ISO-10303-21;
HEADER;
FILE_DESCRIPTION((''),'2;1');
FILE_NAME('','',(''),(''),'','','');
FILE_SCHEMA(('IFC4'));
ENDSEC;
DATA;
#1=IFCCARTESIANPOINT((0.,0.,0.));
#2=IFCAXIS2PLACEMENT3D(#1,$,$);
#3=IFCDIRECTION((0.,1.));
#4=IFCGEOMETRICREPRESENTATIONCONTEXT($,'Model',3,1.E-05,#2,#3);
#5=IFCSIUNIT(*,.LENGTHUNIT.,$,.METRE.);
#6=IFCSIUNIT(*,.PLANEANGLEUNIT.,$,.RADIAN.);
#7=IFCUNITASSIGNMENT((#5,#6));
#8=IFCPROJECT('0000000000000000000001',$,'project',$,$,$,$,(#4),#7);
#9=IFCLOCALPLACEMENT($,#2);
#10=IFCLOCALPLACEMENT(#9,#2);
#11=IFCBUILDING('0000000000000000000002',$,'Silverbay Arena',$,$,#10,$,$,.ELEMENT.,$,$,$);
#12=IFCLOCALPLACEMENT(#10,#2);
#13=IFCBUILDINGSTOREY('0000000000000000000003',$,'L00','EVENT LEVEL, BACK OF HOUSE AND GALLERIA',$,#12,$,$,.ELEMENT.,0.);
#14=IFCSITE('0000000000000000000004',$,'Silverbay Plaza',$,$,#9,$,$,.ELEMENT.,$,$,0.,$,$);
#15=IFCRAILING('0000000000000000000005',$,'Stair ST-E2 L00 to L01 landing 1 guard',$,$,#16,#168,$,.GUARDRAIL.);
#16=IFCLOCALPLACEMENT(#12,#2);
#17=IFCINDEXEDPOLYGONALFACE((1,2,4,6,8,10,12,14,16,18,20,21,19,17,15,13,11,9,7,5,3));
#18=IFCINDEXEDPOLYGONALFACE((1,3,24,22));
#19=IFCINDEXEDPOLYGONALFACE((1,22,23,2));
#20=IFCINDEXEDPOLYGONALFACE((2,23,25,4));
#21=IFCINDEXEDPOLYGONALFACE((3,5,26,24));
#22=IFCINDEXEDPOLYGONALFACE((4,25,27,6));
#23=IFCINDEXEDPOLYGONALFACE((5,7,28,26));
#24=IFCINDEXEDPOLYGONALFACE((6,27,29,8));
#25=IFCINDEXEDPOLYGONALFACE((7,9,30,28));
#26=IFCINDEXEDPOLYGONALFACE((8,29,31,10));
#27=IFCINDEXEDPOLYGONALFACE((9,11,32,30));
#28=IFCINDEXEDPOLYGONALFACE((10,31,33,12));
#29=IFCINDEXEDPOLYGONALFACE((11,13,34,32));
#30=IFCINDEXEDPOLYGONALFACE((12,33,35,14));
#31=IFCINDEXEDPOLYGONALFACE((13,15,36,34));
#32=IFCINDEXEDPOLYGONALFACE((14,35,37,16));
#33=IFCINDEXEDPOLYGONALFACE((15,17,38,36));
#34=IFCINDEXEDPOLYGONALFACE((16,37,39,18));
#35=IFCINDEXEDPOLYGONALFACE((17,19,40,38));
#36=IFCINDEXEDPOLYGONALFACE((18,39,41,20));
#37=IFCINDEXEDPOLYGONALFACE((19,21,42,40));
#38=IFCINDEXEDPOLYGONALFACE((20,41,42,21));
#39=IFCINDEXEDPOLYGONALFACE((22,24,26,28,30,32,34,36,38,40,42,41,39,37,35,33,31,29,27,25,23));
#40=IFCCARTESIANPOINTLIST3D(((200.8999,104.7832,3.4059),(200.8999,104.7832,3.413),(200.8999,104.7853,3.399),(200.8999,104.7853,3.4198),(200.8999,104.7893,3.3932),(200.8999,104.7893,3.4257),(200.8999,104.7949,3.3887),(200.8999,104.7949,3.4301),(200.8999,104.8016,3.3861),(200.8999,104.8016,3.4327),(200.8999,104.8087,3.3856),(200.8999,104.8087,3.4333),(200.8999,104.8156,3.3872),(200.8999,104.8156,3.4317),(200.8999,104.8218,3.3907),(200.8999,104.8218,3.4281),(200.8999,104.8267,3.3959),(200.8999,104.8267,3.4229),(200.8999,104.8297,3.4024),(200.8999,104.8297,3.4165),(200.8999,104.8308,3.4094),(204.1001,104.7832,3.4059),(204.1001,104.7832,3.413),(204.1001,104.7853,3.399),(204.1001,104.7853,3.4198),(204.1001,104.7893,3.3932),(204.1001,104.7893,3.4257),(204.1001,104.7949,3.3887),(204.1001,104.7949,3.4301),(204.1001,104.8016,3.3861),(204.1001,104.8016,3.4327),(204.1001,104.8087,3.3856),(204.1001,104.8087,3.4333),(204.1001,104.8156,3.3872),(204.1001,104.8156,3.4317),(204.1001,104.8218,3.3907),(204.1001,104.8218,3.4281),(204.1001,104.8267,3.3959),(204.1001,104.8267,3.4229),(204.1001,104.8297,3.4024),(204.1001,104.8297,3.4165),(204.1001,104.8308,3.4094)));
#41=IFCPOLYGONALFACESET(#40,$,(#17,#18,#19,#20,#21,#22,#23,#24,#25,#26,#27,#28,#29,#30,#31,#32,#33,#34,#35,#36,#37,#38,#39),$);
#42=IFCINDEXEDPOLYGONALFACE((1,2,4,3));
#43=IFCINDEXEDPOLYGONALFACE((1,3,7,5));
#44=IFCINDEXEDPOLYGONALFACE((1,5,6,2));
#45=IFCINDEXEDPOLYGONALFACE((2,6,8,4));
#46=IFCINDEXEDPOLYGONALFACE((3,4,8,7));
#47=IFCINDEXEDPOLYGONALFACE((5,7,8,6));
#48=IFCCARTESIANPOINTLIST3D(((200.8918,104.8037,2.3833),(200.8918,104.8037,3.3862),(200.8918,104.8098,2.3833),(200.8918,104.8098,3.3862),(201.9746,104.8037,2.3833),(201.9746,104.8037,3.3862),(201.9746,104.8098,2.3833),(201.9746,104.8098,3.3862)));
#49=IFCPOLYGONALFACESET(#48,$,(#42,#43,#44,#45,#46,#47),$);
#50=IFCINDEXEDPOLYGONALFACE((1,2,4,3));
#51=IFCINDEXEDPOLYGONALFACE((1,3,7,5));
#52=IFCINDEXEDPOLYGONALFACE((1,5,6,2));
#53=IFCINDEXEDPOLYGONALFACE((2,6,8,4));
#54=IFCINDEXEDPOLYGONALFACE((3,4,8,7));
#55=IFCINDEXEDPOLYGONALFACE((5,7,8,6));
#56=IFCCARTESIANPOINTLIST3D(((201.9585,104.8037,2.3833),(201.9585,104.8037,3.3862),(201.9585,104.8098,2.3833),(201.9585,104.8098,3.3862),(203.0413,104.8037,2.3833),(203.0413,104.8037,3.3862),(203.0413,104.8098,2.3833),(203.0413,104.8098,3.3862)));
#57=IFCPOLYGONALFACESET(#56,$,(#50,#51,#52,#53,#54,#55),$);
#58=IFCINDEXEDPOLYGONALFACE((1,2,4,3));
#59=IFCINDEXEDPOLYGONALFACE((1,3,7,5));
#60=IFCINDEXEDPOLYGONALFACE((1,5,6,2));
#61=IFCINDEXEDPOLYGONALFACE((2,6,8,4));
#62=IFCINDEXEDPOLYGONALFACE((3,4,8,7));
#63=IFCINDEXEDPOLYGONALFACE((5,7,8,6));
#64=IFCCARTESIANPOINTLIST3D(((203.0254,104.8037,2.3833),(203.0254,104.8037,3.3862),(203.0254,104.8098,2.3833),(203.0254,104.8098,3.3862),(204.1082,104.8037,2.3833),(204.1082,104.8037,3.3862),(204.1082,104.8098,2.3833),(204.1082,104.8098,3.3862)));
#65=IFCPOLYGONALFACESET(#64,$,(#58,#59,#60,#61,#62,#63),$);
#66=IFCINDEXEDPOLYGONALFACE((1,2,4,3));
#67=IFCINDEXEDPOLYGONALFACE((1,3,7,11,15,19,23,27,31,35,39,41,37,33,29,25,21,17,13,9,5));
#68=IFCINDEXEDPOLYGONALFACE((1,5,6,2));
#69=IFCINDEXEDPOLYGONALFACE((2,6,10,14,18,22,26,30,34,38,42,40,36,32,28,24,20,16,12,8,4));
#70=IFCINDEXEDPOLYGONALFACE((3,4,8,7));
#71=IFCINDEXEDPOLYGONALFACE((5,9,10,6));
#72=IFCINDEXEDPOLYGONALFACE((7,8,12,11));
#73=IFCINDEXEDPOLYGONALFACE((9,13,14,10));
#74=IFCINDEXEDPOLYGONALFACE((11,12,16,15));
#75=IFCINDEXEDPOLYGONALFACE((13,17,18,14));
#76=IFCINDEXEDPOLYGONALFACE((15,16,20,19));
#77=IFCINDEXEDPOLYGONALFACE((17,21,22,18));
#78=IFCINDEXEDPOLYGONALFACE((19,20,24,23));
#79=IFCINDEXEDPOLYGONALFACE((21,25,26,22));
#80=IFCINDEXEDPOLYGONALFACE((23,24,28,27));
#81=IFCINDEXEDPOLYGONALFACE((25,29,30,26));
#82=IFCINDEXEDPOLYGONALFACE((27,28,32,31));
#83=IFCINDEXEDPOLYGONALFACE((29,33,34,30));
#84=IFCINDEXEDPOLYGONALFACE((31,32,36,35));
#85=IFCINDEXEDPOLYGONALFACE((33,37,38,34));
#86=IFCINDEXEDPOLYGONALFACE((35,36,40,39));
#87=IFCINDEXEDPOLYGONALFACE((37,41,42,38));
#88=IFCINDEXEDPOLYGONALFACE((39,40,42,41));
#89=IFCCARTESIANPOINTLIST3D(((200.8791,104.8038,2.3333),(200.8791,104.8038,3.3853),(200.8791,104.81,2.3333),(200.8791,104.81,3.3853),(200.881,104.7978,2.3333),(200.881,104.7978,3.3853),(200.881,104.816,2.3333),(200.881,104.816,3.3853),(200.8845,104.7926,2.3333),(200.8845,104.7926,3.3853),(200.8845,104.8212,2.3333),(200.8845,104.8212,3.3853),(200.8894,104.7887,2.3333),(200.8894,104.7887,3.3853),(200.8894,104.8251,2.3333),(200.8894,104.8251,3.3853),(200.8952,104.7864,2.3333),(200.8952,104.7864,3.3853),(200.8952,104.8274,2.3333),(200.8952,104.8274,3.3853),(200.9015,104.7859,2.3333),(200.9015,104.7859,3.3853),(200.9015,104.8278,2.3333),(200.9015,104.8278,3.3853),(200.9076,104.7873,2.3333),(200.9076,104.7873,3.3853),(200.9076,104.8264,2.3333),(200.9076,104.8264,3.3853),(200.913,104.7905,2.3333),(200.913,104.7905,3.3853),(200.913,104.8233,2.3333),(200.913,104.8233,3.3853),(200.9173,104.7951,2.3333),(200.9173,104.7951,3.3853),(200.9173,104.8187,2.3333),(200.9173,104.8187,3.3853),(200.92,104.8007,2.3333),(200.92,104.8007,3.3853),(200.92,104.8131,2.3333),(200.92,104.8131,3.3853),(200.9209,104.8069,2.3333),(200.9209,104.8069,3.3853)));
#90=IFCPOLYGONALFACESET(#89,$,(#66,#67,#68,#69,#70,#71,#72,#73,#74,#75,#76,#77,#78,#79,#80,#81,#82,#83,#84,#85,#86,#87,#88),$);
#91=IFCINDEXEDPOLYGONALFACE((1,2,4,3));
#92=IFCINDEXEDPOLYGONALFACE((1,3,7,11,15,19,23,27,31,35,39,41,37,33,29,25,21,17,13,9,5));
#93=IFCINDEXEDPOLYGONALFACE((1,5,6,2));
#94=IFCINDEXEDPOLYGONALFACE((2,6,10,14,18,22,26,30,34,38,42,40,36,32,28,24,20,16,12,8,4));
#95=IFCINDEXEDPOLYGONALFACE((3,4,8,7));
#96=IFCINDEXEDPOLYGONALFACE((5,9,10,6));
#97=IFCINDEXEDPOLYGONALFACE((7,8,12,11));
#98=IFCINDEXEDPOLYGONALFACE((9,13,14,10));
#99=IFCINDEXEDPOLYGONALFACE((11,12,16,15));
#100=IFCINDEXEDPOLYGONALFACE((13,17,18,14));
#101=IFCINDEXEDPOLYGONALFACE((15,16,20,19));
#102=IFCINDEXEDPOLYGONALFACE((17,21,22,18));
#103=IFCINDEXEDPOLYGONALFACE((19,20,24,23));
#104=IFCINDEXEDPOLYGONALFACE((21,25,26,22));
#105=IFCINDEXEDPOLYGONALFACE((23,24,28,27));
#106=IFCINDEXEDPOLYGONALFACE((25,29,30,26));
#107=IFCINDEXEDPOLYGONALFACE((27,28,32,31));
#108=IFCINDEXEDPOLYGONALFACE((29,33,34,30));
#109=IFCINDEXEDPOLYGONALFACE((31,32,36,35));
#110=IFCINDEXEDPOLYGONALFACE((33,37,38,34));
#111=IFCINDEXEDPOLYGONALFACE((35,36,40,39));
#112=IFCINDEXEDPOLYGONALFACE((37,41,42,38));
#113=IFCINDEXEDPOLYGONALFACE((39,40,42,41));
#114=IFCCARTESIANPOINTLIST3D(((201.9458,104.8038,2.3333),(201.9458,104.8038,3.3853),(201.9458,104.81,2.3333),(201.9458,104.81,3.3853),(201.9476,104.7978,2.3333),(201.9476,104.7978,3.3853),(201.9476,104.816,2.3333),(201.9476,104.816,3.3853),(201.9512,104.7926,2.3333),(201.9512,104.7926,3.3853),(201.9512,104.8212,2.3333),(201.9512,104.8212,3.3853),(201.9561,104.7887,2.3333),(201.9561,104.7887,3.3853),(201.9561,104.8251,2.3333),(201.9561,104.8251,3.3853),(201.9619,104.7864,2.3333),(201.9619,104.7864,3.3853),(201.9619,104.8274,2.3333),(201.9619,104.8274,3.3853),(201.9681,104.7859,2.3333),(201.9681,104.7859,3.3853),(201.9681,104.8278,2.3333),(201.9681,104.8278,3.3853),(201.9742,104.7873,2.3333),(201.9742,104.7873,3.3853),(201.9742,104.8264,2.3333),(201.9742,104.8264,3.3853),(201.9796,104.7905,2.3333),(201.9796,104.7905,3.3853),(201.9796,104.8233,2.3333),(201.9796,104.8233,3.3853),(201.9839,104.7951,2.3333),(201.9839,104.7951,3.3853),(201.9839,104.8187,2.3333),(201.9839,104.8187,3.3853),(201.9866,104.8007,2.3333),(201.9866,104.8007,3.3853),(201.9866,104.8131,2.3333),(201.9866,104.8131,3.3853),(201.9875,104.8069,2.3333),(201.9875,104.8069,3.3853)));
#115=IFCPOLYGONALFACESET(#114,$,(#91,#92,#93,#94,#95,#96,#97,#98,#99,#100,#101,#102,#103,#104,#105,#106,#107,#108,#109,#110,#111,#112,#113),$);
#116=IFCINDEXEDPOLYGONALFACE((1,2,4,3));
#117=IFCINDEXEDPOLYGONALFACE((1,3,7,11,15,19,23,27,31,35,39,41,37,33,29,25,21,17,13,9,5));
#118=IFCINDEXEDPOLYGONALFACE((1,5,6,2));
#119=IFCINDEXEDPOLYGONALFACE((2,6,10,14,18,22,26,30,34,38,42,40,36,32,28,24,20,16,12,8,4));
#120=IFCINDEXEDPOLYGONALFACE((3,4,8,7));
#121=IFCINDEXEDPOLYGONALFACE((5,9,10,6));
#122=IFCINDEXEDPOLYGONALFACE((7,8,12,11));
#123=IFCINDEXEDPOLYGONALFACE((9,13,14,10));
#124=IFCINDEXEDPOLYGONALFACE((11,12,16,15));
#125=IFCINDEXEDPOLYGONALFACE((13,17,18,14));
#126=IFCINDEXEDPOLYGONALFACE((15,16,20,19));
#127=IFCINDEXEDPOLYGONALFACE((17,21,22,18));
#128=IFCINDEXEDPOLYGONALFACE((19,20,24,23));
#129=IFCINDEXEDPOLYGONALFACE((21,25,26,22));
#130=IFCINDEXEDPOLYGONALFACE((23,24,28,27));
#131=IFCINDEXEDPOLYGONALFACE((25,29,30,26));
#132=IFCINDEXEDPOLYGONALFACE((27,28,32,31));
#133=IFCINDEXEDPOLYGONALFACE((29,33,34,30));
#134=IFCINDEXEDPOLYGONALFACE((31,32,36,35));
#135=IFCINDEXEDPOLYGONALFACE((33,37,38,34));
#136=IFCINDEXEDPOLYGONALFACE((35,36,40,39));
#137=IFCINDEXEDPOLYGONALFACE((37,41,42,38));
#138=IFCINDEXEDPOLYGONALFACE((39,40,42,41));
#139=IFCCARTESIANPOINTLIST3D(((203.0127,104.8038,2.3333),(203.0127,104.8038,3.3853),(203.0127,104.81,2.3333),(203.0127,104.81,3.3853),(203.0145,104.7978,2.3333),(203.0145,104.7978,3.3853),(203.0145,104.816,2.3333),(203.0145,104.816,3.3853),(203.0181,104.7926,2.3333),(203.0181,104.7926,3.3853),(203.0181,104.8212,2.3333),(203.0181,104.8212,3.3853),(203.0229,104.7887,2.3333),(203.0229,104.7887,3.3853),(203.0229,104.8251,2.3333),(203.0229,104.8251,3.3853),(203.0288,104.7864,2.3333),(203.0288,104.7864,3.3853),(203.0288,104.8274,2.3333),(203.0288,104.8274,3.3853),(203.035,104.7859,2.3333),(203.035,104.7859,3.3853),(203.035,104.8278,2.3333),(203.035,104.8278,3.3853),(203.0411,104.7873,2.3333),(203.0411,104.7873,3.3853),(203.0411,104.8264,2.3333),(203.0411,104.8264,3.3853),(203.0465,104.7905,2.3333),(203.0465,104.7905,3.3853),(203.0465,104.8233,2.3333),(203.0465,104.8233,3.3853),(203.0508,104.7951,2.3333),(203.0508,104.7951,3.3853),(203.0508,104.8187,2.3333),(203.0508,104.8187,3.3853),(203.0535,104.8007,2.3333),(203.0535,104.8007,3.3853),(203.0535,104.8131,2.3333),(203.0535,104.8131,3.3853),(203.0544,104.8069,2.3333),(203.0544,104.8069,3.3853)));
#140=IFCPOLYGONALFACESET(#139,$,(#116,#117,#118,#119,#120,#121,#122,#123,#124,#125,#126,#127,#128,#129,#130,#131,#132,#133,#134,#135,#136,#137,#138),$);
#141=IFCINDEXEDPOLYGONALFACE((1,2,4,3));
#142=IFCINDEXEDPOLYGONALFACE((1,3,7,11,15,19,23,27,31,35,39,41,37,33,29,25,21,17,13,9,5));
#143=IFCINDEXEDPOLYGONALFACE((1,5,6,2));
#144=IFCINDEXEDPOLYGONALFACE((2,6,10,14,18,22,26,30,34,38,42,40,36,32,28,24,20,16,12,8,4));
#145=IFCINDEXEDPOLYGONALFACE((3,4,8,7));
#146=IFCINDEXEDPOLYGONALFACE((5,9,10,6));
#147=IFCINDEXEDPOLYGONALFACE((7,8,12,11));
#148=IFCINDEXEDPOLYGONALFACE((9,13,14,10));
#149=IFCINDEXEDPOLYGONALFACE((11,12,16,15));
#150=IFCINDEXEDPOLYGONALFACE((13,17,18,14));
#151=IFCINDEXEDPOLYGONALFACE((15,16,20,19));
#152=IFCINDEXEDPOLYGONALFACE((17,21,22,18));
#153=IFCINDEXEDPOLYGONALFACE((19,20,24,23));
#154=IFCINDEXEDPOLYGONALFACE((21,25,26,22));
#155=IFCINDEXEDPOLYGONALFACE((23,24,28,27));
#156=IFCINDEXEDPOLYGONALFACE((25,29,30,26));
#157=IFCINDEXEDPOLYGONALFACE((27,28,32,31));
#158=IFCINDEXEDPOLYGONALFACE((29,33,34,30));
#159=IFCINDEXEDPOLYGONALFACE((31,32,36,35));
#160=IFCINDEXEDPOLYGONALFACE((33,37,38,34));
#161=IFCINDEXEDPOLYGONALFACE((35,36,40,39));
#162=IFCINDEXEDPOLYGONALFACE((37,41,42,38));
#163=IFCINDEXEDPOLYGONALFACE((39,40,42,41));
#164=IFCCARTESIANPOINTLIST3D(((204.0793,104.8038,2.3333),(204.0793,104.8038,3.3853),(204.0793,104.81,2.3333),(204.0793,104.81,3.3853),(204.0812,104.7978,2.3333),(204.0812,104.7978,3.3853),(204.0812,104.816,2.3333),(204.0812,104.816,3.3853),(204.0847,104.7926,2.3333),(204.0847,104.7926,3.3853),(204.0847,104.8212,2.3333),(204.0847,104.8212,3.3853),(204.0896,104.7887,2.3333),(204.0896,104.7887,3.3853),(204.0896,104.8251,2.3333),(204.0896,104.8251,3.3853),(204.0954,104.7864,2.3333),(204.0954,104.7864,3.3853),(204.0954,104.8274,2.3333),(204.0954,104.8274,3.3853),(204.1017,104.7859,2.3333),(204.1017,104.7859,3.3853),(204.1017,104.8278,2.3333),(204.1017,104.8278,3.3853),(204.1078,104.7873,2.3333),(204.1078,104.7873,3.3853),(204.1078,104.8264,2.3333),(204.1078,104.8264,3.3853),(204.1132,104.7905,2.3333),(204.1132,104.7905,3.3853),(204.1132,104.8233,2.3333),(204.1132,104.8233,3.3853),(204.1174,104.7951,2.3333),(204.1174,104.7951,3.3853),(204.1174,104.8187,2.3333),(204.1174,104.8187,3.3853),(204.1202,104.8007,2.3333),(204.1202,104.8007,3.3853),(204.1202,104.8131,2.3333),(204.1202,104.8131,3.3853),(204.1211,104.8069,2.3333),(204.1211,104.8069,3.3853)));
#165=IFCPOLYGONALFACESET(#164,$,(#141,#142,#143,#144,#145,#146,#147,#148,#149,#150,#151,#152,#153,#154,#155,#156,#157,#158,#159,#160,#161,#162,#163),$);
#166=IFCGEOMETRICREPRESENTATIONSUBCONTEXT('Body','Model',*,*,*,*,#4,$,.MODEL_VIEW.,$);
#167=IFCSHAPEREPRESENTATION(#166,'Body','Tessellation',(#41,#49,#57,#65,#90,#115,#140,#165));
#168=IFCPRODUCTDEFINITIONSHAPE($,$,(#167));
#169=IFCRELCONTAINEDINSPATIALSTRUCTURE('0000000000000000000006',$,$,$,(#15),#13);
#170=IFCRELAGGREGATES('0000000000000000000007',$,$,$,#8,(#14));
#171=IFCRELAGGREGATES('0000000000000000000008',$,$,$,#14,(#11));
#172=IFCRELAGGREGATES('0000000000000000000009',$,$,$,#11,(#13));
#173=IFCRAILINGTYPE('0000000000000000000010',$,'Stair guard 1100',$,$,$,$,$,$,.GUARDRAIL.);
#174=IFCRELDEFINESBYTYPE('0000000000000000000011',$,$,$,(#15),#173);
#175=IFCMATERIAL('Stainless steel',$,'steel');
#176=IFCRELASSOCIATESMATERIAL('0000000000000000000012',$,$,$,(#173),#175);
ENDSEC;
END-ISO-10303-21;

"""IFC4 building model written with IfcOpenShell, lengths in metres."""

from ifc_helpers import new_model, si_unit, direction, frame, origin, origin_2d, place, context, subcontext, project, spatial, polyline, circle, outline, extrude, material, type_object, element, save


model = new_model("IFC4")

# Units and contexts
model_context = context("Model", 3, precision=1e-05, world=origin(), true_north=direction((0.0, 1.0)))
body_context = subcontext(model_context, "Body", "Model", "MODEL_VIEW")
ifc_project = project(units=[si_unit("LENGTHUNIT", "METRE"), si_unit("PLANEANGLEUNIT", "RADIAN")], contexts=[model_context])

# Site, building, storey
site_placement = place(None, origin())
site = spatial("IfcSite", under=ifc_project, at=site_placement, Name="Silverbay Plaza", CompositionType="ELEMENT", RefElevation=0.0)
building_placement = place(site_placement, origin())
building = spatial("IfcBuilding", under=site, at=building_placement, Name="Silverbay Arena", CompositionType="ELEMENT")
storey_placement = place(building_placement, origin())
storey = spatial("IfcBuildingStorey", under=building, at=storey_placement, Name="L00", Description="EVENT LEVEL, BACK OF HOUSE AND GALLERIA", CompositionType="ELEMENT", Elevation=0.0)

# Railing
ifc_material_1 = material(Name="Stainless steel", Category="steel")
railing_type_1 = type_object("IfcRailingType", Name="Stair guard 1100", PredefinedType="GUARDRAIL", material=ifc_material_1)
for number, where, name in (
    (1, (200.8999, 104.8069, 2.3333), "Stair ST-E2 L00 to L01 landing 1 guard"),
):
    element("IfcRailing", number, at=place(storey_placement, frame(where)), inside=storey, type_object=railing_type_1, Name=name, PredefinedType="GUARDRAIL", context=body_context, shape_type="SweptSolid", body=[
        extrude(circle(Radius=0.0239, at=origin_2d()), frame((0.0, 0.0, 1.0762), z_axis=(1.0, 0.0, 0.0), x_axis=(0.0, 1.0, 0.0)), (0.0, 0.0, 1.0), 3.2002),
        extrude(outline(polyline([(-0.0081, 0.05), (1.0747, 0.05), (1.0747, 1.053), (-0.0081, 1.053), (-0.0081, 0.05)])), frame((0.0, 0.0029, 0.0), z_axis=(0.0, -1.0, 0.0), x_axis=(1.0, 0.0, 0.0)), (0.0, 0.0, 1.0), 0.0061),
        extrude(outline(polyline([(-0.0081, 0.05), (1.0747, 0.05), (1.0747, 1.053), (-0.0081, 1.053), (-0.0081, 0.05)])), frame((1.0667, 0.0029, 0.0), z_axis=(0.0, -1.0, 0.0), x_axis=(1.0, 0.0, 0.0)), (0.0, 0.0, 1.0), 0.0061),
        extrude(outline(polyline([(-0.0081, 0.05), (1.0747, 0.05), (1.0747, 1.053), (-0.0081, 1.053), (-0.0081, 0.05)])), frame((2.1335, 0.0029, 0.0), z_axis=(0.0, -1.0, 0.0), x_axis=(1.0, 0.0, 0.0)), (0.0, 0.0, 1.0), 0.0061),
        extrude(circle(Radius=0.021, at=origin_2d()), origin(), (0.0, 0.0, 1.0), 1.052),
        extrude(circle(Radius=0.021, at=origin_2d()), frame((1.0667, 0.0, 0.0)), (0.0, 0.0, 1.0), 1.052),
        extrude(circle(Radius=0.021, at=origin_2d()), frame((2.1335, 0.0, 0.0)), (0.0, 0.0, 1.0), 1.052),
        extrude(circle(Radius=0.021, at=origin_2d()), frame((3.2002, 0.0, 0.0)), (0.0, 0.0, 1.0), 1.052),
    ])

save(model, "model.ifc")
